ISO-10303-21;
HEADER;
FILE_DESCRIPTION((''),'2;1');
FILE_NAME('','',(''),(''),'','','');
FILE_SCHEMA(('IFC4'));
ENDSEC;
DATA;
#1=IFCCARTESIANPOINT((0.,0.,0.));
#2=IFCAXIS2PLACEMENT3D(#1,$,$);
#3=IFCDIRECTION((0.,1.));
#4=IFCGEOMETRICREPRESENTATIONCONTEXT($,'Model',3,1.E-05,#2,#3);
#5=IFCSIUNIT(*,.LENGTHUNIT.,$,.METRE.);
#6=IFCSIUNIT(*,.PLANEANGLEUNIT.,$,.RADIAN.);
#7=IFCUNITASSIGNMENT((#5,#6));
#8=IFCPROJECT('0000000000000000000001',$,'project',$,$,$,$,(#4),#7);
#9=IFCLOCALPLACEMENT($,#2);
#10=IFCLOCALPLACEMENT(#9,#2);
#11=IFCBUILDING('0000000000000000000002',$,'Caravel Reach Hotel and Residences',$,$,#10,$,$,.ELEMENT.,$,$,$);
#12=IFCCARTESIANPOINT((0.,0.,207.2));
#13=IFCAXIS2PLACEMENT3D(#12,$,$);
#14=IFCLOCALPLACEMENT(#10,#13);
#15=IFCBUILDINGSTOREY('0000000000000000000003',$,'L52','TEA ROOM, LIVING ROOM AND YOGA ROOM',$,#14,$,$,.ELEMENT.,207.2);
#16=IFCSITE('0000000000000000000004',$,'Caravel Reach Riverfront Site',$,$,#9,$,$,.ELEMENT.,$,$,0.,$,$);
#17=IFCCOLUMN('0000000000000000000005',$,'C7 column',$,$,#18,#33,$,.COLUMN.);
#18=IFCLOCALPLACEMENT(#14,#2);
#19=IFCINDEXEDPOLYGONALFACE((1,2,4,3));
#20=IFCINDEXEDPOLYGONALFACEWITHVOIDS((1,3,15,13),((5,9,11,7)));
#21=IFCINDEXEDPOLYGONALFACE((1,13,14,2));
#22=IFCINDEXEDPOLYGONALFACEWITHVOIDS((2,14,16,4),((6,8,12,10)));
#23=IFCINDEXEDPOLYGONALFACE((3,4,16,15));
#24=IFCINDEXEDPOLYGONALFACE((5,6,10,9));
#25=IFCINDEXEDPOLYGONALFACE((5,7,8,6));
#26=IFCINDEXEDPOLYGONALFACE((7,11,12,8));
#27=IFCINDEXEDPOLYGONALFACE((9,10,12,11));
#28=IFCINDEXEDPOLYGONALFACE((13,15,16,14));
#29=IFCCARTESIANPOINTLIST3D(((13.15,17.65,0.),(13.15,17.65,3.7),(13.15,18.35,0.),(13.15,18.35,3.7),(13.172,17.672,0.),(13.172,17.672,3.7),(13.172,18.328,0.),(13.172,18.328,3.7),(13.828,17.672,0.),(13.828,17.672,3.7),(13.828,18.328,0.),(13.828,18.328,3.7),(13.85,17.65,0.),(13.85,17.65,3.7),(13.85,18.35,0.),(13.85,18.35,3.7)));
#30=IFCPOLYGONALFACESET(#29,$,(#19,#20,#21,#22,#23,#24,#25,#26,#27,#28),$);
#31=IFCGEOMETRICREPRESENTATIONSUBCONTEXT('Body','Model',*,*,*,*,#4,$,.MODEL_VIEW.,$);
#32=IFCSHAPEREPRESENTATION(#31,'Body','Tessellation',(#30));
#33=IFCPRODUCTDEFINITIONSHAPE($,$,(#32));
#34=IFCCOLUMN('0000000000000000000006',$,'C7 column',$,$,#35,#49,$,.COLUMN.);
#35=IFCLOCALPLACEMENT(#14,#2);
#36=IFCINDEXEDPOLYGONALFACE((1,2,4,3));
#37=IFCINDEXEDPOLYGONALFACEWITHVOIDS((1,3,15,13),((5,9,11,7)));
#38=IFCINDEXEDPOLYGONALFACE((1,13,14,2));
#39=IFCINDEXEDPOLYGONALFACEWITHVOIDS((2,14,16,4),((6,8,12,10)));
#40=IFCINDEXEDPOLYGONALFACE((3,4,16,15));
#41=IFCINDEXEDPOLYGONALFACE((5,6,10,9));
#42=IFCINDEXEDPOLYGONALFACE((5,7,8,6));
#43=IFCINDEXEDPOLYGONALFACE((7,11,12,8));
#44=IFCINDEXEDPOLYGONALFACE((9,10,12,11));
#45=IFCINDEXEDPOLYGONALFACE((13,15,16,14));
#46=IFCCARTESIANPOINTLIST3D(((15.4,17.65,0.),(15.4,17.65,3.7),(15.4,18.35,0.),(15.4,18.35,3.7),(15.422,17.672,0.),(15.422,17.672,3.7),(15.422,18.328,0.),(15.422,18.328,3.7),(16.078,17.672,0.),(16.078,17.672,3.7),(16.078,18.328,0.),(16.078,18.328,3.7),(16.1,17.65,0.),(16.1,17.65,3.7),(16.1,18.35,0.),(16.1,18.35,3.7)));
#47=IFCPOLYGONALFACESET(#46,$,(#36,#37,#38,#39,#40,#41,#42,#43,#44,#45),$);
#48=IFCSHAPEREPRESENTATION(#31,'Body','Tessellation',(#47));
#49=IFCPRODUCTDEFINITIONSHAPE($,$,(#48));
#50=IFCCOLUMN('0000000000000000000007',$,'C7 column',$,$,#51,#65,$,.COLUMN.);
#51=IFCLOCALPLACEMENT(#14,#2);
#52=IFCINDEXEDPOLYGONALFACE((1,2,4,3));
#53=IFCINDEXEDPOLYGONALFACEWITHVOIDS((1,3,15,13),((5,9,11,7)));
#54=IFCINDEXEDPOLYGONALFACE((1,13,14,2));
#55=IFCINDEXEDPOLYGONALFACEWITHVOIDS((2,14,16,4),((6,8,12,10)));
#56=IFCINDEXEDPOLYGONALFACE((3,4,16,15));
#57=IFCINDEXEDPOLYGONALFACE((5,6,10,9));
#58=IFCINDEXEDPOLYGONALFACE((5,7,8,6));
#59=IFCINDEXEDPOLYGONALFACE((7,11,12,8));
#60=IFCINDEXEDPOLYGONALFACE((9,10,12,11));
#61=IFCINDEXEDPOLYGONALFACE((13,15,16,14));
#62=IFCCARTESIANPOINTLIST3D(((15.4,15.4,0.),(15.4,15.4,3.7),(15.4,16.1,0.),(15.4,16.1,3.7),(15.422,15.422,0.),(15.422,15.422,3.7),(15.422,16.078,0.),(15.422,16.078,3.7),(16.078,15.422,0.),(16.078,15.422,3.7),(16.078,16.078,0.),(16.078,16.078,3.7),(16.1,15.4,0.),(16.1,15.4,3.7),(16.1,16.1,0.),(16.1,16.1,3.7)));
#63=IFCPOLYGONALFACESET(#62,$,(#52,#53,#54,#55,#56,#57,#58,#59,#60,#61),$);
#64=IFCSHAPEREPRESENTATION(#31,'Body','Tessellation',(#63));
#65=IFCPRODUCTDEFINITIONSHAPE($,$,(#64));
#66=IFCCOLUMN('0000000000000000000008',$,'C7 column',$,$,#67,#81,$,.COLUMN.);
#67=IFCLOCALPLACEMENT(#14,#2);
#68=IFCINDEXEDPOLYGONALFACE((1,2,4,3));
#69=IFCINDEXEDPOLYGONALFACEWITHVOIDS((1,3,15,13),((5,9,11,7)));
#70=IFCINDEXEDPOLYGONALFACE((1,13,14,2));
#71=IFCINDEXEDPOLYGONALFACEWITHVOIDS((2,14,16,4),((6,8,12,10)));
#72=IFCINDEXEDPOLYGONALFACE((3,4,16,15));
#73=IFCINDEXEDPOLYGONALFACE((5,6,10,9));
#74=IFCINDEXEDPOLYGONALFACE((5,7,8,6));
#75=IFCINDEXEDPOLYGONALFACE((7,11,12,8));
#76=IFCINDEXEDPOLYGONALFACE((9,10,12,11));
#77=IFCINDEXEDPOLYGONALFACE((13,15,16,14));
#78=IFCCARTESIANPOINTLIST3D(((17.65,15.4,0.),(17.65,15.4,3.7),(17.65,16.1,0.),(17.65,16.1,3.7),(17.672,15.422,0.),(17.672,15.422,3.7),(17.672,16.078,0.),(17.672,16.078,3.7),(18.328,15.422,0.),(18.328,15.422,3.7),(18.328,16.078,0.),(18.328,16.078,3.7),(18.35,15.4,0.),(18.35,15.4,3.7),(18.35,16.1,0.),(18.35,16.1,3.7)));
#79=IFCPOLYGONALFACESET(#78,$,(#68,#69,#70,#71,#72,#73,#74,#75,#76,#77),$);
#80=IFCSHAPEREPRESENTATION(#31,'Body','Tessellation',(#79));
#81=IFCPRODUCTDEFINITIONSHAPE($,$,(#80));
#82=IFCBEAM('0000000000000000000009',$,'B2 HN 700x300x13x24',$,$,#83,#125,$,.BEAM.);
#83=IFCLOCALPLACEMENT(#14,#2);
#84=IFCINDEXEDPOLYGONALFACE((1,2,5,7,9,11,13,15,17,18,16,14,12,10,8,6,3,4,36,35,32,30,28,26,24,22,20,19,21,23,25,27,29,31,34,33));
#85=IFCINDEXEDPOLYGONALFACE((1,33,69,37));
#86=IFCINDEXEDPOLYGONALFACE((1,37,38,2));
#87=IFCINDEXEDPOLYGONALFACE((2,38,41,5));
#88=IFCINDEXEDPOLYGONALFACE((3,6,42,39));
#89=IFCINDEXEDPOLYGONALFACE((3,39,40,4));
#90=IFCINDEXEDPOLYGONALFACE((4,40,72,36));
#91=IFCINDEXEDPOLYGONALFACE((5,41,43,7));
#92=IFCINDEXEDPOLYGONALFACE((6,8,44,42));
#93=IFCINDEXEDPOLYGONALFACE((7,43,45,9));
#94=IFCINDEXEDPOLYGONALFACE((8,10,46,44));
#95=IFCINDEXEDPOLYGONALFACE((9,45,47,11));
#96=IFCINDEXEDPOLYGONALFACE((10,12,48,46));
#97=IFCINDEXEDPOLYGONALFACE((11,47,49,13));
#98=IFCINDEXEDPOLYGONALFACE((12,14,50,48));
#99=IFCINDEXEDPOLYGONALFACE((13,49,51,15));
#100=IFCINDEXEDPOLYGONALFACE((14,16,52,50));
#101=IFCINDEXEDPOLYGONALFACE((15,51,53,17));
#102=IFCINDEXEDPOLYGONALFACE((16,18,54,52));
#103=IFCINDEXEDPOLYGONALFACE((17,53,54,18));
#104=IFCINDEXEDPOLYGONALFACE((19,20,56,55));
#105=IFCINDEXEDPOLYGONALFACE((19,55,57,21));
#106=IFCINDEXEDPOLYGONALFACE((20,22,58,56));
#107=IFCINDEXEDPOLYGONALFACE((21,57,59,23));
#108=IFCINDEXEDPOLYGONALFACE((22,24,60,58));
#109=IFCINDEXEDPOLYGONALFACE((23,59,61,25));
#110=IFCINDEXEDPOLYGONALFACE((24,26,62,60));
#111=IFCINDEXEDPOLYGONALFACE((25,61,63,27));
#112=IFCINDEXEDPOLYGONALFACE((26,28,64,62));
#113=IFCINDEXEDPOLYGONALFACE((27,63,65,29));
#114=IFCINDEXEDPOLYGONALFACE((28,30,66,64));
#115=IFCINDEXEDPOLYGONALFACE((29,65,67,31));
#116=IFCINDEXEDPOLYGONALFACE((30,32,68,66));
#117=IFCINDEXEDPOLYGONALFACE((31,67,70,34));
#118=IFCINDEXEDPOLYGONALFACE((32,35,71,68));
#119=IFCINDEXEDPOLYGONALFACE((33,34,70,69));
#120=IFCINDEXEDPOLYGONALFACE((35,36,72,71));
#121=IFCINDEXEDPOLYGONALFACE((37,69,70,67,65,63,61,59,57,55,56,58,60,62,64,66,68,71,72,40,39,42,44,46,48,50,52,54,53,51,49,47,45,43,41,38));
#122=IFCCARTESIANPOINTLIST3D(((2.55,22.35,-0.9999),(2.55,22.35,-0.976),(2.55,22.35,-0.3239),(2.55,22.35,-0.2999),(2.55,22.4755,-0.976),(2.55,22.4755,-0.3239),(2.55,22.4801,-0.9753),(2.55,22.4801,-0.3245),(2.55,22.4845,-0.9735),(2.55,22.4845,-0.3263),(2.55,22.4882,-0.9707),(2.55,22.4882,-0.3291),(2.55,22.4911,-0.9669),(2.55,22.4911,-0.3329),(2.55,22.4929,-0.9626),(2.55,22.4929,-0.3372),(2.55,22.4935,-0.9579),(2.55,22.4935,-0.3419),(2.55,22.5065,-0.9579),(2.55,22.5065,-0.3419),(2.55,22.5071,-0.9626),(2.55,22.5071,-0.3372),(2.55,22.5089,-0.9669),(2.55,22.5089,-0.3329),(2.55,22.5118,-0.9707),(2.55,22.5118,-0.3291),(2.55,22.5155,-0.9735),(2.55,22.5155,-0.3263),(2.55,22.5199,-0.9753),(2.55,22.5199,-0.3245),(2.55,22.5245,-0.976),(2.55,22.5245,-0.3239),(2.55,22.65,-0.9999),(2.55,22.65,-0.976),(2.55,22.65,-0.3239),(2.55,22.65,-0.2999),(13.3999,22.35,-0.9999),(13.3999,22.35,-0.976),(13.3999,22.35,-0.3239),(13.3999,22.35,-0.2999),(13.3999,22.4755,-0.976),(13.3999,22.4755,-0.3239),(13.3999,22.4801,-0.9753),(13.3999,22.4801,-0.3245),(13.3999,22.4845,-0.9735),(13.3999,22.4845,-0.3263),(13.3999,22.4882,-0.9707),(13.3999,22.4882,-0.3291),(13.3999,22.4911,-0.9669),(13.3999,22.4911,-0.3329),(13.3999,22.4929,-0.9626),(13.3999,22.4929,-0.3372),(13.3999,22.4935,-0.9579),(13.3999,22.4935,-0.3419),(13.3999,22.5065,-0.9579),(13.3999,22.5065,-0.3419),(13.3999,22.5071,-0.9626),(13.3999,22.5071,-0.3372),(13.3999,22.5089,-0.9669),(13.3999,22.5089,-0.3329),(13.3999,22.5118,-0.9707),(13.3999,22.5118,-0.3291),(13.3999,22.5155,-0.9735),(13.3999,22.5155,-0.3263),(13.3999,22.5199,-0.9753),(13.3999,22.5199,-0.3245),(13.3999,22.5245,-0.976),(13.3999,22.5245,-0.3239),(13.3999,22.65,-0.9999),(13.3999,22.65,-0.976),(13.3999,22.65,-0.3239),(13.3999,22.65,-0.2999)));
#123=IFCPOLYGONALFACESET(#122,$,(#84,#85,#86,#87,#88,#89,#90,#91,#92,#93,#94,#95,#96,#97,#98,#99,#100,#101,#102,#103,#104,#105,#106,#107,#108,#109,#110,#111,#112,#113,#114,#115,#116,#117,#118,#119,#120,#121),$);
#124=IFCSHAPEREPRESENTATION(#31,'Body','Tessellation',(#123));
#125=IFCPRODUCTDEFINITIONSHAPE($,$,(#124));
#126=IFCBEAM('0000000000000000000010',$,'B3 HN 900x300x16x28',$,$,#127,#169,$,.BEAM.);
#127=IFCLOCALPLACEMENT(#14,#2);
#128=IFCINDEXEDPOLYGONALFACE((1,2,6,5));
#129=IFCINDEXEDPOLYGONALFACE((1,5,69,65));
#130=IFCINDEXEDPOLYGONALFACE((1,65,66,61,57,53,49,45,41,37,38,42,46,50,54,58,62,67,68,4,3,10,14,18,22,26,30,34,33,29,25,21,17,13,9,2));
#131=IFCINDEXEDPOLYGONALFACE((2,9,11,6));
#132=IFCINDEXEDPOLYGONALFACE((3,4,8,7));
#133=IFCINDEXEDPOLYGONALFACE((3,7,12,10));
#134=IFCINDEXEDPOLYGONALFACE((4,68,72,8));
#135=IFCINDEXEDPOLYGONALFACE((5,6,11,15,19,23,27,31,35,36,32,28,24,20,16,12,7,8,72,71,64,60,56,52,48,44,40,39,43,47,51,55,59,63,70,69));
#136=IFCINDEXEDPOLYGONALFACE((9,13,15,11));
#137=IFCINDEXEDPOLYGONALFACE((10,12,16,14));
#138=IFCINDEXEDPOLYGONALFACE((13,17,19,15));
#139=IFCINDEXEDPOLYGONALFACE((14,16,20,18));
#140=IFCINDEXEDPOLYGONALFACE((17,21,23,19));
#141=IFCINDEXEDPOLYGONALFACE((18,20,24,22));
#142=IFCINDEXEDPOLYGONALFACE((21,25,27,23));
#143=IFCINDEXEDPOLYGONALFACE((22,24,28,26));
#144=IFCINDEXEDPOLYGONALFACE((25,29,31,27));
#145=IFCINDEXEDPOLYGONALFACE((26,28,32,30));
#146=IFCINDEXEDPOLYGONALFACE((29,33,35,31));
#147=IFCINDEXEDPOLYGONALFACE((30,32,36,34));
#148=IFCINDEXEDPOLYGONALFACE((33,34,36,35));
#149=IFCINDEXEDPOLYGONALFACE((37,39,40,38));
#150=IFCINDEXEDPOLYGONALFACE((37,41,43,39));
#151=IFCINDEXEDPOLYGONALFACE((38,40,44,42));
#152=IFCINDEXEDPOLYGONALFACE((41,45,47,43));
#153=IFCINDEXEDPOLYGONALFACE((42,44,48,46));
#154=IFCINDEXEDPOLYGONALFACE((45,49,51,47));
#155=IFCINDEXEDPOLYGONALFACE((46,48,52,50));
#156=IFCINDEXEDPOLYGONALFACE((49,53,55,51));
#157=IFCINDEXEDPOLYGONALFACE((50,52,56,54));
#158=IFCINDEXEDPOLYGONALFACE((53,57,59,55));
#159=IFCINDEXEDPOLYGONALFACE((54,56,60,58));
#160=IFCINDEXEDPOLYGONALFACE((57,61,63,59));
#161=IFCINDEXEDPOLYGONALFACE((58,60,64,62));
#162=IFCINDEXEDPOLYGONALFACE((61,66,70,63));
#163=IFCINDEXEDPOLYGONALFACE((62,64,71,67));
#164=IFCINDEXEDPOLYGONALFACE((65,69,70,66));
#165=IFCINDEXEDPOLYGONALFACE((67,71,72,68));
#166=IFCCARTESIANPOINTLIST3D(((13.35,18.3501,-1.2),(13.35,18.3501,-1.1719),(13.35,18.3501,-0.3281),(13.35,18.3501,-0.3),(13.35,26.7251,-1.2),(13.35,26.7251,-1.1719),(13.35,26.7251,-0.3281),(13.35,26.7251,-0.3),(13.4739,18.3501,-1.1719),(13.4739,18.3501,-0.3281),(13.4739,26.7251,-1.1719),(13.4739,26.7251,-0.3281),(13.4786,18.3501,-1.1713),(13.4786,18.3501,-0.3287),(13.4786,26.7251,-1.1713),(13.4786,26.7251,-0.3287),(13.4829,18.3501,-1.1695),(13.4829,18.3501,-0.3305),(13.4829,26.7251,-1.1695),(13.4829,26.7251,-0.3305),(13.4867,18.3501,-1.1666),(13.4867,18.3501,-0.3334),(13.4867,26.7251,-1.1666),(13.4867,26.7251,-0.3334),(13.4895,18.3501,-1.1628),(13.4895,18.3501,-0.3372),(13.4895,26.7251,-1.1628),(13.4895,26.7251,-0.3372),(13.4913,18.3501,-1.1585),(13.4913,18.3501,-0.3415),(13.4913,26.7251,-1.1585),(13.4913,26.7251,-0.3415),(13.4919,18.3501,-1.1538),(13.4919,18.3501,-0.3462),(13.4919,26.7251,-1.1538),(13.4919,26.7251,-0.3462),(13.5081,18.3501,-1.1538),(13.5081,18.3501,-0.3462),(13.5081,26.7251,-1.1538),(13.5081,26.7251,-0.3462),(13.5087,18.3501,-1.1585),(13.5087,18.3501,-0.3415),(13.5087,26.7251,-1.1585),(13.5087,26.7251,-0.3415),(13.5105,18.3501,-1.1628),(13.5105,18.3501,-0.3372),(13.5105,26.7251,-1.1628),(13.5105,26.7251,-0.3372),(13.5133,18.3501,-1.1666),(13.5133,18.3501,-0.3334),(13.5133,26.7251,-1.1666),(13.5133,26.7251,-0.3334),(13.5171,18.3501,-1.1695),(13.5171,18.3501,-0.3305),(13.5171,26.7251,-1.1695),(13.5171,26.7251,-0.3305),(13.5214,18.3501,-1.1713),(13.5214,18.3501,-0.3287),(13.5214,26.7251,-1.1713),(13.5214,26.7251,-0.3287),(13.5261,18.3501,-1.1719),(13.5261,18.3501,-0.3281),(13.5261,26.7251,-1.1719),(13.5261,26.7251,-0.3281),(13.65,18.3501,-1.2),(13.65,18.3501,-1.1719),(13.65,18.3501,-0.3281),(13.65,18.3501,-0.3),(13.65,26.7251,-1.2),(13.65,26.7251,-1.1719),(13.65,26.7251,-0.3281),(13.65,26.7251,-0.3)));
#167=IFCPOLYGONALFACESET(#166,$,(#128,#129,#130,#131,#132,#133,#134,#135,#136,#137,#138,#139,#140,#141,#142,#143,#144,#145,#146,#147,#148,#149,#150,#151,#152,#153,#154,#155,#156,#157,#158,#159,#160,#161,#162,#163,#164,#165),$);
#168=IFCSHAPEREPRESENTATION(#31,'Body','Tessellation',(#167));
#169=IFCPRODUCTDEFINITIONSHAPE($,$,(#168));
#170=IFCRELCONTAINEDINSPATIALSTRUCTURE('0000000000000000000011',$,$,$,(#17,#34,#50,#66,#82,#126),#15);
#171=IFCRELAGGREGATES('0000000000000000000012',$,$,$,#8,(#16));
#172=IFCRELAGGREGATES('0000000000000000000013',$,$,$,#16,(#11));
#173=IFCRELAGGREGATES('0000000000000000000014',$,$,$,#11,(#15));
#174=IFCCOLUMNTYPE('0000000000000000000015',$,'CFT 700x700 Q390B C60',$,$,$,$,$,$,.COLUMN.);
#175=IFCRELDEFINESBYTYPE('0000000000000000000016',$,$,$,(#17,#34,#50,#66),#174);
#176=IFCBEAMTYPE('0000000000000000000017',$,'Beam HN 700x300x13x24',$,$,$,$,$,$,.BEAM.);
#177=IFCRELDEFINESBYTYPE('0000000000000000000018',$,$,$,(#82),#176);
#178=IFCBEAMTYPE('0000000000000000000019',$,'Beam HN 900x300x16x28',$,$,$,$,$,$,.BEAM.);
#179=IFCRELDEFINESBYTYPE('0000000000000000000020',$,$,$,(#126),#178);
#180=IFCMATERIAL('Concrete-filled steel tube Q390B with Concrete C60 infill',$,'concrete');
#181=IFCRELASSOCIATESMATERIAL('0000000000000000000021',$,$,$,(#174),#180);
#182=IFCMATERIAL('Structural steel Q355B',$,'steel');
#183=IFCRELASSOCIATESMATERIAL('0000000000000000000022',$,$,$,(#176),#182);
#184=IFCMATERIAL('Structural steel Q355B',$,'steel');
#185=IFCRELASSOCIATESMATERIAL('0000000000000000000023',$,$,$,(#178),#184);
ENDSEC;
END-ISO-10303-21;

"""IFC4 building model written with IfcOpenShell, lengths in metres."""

from ifc_helpers import new_model, si_unit, direction, frame, origin, origin_2d, place, context, subcontext, project, spatial, hollow_rectangle, i_section, extrude, material, material_profile, profile_set, type_object, element, save


model = new_model("IFC4")

# Units and contexts
model_context = context("Model", 3, precision=1e-05, world=origin(), true_north=direction((0.0, 1.0)))
body_context = subcontext(model_context, "Body", "Model", "MODEL_VIEW")
ifc_project = project(units=[si_unit("LENGTHUNIT", "METRE"), si_unit("PLANEANGLEUNIT", "RADIAN")], contexts=[model_context])

# Site, building, storey
site_placement = place(None, origin())
site = spatial("IfcSite", under=ifc_project, at=site_placement, Name="Caravel Reach Riverfront Site", CompositionType="ELEMENT", RefElevation=0.0)
building_placement = place(site_placement, origin())
building = spatial("IfcBuilding", under=site, at=building_placement, Name="Caravel Reach Hotel and Residences", CompositionType="ELEMENT")
storey_placement = place(building_placement, frame((0.0, 0.0, 207.2)))
storey = spatial("IfcBuildingStorey", under=building, at=storey_placement, Name="L52", Description="TEA ROOM, LIVING ROOM AND YOGA ROOM", CompositionType="ELEMENT", Elevation=207.2)

# Columns
ifc_material_1 = material(Name="Concrete-filled steel tube Q390B with Concrete C60 infill", Category="concrete")
ifc_material_profile_1 = material_profile(ifc_material_1, hollow_rectangle(XDim=0.7, YDim=0.7, WallThickness=0.022, at=origin_2d()), Name="RHS 700x700x22")
ifc_profile_set_1 = profile_set([ifc_material_profile_1], Name="Concrete-filled steel tube Q390B with Concrete C60 infill")
column_type = type_object("IfcColumnType", Name="CFT 700x700 Q390B C60", PredefinedType="COLUMN", material=ifc_profile_set_1)
for number, where, z_axis, x_axis, name in (
    (1, (13.5, 18.0, 0.0), (0.0, 0.0, 1.0), (1.0, 0.0, 0.0), "C7 column"),
    (2, (15.75, 18.0, 0.0), (0.0, 0.0, 1.0), (1.0, 0.0, 0.0), "C7 column"),
    (3, (15.75, 15.75, 0.0), (0.0, 0.0, 1.0), (1.0, 0.0, 0.0), "C7 column"),
    (4, (18.0, 15.75, 0.0), (0.0, 0.0, 1.0), (1.0, 0.0, 0.0), "C7 column"),
):
    element("IfcColumn", number, at=place(storey_placement, frame(where, z_axis=z_axis, x_axis=x_axis)), inside=storey, type_object=column_type, Name=name, PredefinedType="COLUMN", context=body_context, shape_type="SweptSolid", body=[
        extrude(hollow_rectangle(XDim=0.7, YDim=0.7, WallThickness=0.022, at=origin_2d()), origin(), (0.0, 0.0, 1.0), 3.7),
    ])

# Beams
ifc_material_2 = material(Name="Structural steel Q355B", Category="steel")
ifc_material_profile_2 = material_profile(ifc_material_2, i_section(OverallWidth=0.3, OverallDepth=0.7, WebThickness=0.0129, FlangeThickness=0.0239, FilletRadius=0.0181, at=origin_2d()), Name="HN 700x300x13x24")
ifc_profile_set_2 = profile_set([ifc_material_profile_2], Name="Structural steel Q355B")
beam_type_1 = type_object("IfcBeamType", Name="Beam HN 700x300x13x24", PredefinedType="BEAM", material=ifc_profile_set_2)
beam_1_placement = place(storey_placement, frame((13.3999, 22.5, -0.6499), z_axis=(-1.0, 0.0, 0.0), x_axis=(0.0, -1.0, 0.0)))
element("IfcBeam", 5, at=beam_1_placement, inside=storey, type_object=beam_type_1, Name="B2 HN 700x300x13x24", PredefinedType="BEAM", context=body_context, shape_type="SweptSolid", body=[
    extrude(i_section(OverallWidth=0.3, OverallDepth=0.7, WebThickness=0.0129, FlangeThickness=0.0239, FilletRadius=0.0181, at=origin_2d()), origin(), (0.0, 0.0, 1.0), 10.8499),
])
ifc_material_3 = material(Name="Structural steel Q355B", Category="steel")
ifc_material_profile_3 = material_profile(ifc_material_3, i_section(OverallWidth=0.3, OverallDepth=0.8999, WebThickness=0.0161, FlangeThickness=0.0281, FilletRadius=0.0181, at=origin_2d()), Name="HN 900x300x16x28")
ifc_profile_set_3 = profile_set([ifc_material_profile_3], Name="Structural steel Q355B")
beam_type_2 = type_object("IfcBeamType", Name="Beam HN 900x300x16x28", PredefinedType="BEAM", material=ifc_profile_set_3)
beam_2_placement = place(storey_placement, frame((13.5, 18.3501, -0.75), z_axis=(0.0, 1.0, 0.0), x_axis=(-1.0, 0.0, 0.0)))
element("IfcBeam", 6, at=beam_2_placement, inside=storey, type_object=beam_type_2, Name="B3 HN 900x300x16x28", PredefinedType="BEAM", context=body_context, shape_type="SweptSolid", body=[
    extrude(i_section(OverallWidth=0.3, OverallDepth=0.8999, WebThickness=0.0161, FlangeThickness=0.0281, FilletRadius=0.0181, at=origin_2d()), origin(), (0.0, 0.0, 1.0), 8.375),
])

save(model, "model.ifc")
